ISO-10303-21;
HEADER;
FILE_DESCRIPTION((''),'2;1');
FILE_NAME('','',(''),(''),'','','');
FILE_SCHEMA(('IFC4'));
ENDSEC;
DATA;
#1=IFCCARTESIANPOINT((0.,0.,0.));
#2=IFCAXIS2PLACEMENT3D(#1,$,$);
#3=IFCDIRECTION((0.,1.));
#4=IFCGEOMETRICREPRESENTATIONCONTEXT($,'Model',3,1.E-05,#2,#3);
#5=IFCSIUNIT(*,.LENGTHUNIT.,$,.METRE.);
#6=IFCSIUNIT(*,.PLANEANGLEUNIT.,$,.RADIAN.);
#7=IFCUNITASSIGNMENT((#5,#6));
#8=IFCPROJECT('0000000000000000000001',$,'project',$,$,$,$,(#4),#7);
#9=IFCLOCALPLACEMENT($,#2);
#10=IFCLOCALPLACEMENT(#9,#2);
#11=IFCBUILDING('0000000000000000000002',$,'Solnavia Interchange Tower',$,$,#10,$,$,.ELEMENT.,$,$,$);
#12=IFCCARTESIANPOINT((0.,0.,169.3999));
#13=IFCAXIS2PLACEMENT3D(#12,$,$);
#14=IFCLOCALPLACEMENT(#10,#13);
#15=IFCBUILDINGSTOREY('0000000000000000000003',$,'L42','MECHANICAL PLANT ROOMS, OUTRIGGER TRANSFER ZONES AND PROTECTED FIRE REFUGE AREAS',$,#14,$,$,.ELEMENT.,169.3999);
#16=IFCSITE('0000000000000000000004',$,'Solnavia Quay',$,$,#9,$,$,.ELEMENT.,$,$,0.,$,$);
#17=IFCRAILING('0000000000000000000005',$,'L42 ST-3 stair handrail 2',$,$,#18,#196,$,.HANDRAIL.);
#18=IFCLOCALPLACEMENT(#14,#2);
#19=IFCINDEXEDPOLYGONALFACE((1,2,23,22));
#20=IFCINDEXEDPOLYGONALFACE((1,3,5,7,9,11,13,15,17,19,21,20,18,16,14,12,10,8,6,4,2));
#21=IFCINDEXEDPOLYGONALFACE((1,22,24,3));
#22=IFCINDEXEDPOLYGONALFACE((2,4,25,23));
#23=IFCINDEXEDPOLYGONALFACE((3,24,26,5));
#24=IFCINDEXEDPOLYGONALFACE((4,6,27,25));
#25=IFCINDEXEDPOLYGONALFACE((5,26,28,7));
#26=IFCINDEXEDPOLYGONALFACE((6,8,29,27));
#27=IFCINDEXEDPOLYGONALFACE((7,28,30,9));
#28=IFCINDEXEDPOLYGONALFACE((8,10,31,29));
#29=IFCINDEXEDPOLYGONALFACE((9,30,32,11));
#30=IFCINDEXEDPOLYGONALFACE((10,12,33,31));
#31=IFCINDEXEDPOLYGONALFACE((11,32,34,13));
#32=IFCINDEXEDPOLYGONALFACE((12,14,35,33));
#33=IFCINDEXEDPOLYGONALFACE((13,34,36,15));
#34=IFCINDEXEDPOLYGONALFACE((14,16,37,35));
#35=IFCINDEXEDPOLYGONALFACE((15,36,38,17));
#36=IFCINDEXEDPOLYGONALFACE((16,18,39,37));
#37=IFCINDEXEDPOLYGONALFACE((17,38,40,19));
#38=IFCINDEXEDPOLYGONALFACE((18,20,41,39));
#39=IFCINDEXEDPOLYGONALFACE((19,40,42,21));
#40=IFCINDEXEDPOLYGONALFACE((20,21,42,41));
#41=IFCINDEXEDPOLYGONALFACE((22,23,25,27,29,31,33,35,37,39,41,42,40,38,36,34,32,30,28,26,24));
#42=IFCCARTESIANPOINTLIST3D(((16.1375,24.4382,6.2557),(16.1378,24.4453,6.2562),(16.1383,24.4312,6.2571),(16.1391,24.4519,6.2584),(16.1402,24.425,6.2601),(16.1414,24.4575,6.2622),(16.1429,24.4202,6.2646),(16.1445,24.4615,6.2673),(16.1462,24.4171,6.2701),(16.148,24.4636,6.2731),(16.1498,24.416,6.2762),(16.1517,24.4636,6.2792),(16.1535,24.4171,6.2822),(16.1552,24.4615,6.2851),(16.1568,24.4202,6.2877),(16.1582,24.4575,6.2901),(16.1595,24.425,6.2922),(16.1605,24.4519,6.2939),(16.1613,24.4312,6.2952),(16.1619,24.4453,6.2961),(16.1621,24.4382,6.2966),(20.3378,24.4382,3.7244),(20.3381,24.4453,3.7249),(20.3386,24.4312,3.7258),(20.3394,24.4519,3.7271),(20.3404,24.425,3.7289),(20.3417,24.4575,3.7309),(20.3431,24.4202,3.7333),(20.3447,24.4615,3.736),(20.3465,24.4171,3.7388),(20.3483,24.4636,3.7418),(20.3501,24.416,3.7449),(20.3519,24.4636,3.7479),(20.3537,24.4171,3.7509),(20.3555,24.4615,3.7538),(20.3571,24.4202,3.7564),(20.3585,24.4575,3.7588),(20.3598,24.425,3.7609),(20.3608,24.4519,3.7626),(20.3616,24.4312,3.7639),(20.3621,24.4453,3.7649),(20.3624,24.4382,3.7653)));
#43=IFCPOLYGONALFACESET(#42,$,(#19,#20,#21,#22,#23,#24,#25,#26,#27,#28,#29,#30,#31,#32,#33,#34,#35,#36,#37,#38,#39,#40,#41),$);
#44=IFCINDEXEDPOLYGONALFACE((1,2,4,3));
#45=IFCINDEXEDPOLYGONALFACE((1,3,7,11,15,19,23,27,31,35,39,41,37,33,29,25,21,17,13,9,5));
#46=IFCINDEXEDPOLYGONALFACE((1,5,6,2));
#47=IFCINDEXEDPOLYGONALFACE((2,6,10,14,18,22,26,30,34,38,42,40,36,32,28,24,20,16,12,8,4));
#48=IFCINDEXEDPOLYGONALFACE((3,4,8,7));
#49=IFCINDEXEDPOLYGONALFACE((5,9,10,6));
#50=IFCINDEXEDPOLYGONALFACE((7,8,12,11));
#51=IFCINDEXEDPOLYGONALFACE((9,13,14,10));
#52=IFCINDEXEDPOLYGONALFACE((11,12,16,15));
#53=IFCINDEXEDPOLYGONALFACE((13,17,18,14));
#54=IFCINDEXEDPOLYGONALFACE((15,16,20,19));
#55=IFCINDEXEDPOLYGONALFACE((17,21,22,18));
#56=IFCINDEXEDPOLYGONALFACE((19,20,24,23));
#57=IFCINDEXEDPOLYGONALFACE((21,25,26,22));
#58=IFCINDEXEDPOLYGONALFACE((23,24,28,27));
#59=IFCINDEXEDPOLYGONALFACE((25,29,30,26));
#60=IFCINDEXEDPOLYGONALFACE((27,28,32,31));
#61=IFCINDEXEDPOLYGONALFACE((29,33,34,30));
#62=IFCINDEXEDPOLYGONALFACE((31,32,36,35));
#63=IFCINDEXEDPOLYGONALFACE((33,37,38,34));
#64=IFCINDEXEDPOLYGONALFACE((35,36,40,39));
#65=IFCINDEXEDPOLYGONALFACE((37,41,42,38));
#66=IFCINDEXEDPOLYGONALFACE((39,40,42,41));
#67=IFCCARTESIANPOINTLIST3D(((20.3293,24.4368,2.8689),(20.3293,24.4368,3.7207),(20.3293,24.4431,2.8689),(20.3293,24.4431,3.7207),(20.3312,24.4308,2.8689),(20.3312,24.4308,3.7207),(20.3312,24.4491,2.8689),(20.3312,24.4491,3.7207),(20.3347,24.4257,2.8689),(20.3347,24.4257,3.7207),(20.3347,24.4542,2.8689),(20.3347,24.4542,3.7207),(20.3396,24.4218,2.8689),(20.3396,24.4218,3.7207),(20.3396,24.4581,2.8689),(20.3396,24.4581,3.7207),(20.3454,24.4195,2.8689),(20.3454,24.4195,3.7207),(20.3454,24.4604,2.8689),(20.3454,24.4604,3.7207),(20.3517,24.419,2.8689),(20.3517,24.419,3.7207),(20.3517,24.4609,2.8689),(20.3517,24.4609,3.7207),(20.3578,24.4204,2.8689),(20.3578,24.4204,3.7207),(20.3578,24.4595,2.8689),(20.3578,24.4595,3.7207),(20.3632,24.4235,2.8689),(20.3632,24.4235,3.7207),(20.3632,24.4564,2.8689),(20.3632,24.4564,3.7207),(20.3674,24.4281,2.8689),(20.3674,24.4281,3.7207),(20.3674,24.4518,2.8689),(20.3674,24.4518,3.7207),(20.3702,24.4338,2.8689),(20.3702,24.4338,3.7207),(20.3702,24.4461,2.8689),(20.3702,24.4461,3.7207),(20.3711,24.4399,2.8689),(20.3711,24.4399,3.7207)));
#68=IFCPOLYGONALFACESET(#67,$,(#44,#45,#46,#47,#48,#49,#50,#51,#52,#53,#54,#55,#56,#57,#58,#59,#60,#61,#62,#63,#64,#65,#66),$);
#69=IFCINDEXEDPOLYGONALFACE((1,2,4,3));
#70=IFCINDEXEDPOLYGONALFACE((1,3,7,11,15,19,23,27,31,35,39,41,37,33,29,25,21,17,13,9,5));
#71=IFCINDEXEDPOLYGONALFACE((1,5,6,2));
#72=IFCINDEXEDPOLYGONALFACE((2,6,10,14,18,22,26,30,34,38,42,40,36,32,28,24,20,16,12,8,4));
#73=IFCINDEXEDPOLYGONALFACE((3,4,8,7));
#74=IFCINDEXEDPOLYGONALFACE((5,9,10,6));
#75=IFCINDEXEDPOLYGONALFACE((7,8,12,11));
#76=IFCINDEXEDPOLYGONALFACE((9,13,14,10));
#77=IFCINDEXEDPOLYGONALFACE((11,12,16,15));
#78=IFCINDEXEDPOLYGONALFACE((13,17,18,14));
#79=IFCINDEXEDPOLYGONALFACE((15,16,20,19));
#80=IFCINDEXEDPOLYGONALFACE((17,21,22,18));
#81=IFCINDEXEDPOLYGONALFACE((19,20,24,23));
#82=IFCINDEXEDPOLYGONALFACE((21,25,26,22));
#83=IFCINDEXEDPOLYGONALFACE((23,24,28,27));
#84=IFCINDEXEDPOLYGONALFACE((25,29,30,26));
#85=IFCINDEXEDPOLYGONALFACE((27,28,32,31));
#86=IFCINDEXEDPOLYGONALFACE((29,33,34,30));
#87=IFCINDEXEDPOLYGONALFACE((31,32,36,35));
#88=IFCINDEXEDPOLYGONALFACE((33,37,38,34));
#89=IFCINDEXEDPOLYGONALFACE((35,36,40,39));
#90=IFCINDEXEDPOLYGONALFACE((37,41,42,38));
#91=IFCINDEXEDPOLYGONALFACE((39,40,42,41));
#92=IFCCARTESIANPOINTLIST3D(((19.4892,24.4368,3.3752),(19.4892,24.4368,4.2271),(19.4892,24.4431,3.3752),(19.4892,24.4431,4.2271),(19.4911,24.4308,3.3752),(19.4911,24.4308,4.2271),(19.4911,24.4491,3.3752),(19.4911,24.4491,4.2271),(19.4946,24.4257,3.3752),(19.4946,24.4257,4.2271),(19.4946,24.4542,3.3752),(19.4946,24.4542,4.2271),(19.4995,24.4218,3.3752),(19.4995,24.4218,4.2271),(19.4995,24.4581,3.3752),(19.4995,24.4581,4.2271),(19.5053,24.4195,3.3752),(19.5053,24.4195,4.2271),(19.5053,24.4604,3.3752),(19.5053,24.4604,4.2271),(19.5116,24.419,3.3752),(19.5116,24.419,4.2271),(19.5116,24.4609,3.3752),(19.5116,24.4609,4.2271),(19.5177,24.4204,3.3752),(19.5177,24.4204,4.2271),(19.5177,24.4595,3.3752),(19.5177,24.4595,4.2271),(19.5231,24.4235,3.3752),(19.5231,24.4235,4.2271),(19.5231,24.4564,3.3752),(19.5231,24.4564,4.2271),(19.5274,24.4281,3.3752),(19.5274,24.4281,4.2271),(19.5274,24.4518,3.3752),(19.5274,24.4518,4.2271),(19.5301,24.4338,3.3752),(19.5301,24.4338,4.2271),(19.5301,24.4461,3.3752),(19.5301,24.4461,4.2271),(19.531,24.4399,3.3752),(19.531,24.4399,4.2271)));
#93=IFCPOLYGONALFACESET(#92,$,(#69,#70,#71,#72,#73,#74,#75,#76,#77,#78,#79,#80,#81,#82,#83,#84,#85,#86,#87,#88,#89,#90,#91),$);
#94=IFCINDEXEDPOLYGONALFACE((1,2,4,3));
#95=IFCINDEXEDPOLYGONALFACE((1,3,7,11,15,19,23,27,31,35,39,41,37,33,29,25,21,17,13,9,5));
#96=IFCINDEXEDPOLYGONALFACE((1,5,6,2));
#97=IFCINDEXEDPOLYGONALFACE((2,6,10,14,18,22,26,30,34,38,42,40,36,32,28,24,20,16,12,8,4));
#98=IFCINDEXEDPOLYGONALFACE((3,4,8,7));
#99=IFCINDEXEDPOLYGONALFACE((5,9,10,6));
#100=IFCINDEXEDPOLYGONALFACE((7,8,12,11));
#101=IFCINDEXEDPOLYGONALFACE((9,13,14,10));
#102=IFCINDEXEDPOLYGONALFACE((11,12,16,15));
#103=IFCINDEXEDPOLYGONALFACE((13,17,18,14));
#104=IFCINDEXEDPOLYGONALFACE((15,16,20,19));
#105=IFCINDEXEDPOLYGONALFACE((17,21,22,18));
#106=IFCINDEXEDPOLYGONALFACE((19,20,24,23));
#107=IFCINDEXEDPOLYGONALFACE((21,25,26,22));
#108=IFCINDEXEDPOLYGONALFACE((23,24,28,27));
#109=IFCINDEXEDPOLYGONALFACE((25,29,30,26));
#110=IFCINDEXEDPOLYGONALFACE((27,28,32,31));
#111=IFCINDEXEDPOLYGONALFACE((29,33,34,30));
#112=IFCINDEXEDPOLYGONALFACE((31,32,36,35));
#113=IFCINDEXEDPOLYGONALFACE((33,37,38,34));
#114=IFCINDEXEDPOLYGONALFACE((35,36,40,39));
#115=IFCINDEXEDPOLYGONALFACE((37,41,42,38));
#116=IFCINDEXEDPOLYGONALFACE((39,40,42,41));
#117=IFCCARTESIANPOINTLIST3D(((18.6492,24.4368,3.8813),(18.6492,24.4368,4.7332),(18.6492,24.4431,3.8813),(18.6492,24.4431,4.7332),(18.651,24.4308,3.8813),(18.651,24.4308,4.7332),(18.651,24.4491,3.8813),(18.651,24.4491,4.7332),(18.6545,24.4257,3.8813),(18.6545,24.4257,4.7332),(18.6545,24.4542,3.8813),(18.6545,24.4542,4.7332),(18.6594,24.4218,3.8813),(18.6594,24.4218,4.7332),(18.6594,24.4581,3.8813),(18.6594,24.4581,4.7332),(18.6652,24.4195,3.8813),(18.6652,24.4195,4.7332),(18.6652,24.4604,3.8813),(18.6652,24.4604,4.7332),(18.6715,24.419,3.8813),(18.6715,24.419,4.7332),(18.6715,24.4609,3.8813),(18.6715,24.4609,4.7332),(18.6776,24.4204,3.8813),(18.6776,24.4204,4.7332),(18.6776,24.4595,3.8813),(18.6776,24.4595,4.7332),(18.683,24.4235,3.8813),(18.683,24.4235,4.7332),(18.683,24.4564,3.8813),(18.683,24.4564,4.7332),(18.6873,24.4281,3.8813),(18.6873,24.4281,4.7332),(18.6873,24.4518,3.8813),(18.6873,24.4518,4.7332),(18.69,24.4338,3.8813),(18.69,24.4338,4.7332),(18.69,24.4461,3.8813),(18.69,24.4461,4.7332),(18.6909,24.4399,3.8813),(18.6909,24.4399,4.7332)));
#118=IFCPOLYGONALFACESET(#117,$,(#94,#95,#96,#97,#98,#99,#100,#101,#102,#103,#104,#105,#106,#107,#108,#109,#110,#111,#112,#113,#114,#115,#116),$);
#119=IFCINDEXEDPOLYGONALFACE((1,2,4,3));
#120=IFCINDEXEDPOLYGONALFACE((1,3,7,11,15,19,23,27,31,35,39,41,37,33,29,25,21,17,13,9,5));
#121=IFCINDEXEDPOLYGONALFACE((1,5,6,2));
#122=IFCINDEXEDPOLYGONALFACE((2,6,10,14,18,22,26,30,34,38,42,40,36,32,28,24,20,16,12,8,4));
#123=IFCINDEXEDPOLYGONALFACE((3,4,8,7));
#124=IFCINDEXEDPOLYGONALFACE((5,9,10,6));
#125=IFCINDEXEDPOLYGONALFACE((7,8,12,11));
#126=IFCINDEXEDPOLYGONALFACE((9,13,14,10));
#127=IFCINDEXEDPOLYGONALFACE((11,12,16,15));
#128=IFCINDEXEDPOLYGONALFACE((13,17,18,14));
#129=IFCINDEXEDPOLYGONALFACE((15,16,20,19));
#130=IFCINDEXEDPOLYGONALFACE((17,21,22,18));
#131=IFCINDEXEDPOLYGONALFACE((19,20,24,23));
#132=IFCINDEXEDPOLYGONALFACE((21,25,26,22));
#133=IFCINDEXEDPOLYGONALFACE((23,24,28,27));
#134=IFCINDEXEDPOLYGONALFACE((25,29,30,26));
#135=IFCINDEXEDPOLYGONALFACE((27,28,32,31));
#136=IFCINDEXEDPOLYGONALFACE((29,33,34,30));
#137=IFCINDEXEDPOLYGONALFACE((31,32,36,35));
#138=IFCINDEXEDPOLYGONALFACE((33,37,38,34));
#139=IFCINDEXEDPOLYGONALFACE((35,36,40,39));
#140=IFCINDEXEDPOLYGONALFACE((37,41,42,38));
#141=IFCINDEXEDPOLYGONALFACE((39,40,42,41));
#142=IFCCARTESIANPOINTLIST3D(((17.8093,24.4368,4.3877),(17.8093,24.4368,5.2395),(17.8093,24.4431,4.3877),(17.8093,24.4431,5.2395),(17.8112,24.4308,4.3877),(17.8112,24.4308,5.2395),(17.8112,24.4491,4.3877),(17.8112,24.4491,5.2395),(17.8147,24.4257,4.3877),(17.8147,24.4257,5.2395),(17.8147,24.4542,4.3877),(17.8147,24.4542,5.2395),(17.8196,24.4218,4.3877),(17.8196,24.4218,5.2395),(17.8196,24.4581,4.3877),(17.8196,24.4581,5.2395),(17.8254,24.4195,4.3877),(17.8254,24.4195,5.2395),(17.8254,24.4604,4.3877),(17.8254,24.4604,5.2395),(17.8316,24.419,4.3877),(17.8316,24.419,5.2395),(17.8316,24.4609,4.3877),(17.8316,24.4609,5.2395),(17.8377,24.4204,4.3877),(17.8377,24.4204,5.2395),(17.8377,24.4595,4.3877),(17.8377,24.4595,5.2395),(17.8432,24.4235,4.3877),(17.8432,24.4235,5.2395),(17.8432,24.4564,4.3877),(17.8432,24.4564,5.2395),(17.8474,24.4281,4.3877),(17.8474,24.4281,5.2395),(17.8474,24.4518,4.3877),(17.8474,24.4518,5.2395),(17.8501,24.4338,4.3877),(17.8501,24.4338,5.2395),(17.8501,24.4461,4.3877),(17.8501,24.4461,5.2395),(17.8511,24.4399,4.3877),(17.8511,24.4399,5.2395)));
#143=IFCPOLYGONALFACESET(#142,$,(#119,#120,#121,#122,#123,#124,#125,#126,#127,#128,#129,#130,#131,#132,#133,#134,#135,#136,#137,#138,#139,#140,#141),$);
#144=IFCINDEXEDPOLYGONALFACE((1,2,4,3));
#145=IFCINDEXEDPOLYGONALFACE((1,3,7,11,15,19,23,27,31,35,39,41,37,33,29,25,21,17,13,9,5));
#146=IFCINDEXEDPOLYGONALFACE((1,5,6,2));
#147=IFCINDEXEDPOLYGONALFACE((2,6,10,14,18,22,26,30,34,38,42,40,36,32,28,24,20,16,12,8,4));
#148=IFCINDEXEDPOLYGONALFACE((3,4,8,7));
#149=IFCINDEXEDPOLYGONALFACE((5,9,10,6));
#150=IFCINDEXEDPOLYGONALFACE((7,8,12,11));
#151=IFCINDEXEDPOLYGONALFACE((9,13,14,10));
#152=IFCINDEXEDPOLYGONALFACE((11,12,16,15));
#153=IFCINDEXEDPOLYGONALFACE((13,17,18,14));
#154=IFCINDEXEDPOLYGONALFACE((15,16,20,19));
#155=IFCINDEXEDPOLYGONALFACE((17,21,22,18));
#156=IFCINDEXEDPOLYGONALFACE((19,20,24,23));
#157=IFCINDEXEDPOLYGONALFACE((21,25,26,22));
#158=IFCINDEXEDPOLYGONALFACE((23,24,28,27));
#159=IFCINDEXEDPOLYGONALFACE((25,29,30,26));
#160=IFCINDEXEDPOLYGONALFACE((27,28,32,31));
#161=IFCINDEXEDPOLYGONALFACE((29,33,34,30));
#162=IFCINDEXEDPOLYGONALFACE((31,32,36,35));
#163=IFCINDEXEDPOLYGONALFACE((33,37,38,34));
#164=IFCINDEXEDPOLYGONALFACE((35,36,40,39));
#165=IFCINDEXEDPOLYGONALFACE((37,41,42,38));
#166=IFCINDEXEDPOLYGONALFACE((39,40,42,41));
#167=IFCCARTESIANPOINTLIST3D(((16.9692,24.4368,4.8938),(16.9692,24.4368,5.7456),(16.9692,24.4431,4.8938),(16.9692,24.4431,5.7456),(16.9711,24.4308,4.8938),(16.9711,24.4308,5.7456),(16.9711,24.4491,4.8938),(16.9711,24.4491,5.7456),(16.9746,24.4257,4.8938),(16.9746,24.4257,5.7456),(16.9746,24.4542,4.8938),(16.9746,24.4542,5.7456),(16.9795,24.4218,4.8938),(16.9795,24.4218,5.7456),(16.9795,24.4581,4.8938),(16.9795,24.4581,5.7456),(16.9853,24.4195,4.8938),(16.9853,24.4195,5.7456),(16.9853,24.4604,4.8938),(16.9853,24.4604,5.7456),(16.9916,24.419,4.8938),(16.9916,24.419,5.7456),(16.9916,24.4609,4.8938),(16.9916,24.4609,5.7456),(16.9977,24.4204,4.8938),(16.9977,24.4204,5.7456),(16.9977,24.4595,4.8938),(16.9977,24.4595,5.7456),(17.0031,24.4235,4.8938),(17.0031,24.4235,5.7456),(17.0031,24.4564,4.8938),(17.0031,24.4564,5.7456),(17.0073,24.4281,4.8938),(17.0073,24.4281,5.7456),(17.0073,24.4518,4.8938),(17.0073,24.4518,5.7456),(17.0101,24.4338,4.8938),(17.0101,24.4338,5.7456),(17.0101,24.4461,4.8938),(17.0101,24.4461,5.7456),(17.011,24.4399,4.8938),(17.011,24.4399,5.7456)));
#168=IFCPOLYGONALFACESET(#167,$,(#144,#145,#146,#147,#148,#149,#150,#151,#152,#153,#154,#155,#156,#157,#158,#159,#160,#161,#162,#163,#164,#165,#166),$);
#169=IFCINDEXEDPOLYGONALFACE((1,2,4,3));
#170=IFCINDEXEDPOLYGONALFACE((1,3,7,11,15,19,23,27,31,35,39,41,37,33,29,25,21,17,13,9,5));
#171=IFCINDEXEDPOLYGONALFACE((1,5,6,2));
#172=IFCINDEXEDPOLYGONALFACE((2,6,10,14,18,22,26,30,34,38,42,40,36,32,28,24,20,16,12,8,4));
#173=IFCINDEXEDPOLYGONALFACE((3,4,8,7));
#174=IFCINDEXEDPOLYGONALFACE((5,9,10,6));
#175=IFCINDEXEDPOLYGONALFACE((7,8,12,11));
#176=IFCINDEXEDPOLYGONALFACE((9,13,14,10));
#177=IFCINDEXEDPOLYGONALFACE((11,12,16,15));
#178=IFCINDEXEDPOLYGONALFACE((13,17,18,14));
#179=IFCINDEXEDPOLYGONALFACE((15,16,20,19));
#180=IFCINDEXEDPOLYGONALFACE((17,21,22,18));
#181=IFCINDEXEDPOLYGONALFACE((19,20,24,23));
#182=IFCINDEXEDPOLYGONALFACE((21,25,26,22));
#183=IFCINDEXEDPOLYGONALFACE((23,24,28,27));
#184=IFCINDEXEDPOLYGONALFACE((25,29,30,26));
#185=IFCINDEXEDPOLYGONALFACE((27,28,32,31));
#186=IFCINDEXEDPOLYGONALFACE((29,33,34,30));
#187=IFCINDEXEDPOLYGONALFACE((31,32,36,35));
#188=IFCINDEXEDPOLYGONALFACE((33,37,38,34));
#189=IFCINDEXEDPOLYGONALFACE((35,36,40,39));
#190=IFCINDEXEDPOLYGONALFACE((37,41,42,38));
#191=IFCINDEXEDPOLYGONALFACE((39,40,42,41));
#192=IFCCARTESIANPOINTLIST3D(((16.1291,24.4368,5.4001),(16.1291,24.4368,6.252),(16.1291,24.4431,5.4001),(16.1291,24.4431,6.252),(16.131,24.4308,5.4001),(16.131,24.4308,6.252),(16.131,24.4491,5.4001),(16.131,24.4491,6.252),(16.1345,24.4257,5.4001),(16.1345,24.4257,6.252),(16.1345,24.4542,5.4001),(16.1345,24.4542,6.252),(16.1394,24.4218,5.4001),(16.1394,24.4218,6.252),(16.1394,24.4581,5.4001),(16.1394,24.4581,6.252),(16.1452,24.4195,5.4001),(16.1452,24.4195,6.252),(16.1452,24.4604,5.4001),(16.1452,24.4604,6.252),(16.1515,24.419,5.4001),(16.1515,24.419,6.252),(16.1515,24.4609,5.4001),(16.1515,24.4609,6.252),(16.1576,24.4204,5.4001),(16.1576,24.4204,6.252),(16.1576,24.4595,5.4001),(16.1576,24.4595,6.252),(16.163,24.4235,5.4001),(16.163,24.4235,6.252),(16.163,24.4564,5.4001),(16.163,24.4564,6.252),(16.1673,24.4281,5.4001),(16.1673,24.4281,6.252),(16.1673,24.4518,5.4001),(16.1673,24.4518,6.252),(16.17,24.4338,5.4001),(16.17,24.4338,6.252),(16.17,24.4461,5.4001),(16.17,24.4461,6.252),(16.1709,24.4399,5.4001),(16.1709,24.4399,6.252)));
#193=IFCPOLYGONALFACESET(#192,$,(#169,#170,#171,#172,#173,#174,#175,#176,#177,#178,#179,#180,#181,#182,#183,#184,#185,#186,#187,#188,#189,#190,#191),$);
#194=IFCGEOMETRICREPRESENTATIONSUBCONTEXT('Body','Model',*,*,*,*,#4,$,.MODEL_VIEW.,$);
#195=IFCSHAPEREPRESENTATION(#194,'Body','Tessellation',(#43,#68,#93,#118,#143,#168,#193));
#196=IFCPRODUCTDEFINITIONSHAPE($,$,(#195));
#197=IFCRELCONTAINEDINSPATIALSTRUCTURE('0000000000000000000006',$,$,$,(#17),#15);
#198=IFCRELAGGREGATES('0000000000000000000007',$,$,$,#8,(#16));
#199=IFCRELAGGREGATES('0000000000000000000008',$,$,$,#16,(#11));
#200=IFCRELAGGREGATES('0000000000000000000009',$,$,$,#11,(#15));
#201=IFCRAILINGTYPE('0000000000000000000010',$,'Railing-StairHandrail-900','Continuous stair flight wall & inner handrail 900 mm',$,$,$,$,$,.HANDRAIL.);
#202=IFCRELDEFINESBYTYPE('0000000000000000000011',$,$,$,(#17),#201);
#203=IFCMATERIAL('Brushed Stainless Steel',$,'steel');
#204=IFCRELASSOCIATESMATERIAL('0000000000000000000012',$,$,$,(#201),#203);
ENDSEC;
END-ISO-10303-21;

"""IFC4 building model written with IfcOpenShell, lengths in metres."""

from ifc_helpers import new_model, si_unit, direction, frame, origin, origin_2d, place, context, subcontext, project, spatial, circle, extrude, material, type_object, element, save


model = new_model("IFC4")

# Units and contexts
model_context = context("Model", 3, precision=1e-05, world=origin(), true_north=direction((0.0, 1.0)))
body_context = subcontext(model_context, "Body", "Model", "MODEL_VIEW")
ifc_project = project(units=[si_unit("LENGTHUNIT", "METRE"), si_unit("PLANEANGLEUNIT", "RADIAN")], contexts=[model_context])

# Site, building, storey
site_placement = place(None, origin())
site = spatial("IfcSite", under=ifc_project, at=site_placement, Name="Solnavia Quay", CompositionType="ELEMENT", RefElevation=0.0)
building_placement = place(site_placement, origin())
building = spatial("IfcBuilding", under=site, at=building_placement, Name="Solnavia Interchange Tower", CompositionType="ELEMENT")
storey_placement = place(building_placement, frame((0.0, 0.0, 169.3999)))
storey = spatial("IfcBuildingStorey", under=building, at=storey_placement, Name="L42", Description="MECHANICAL PLANT ROOMS, OUTRIGGER TRANSFER ZONES AND PROTECTED FIRE REFUGE AREAS", CompositionType="ELEMENT", Elevation=169.3999)

# Railing
ifc_material_1 = material(Name="Brushed Stainless Steel", Category="steel")
railing_type_1 = type_object("IfcRailingType", Name="Railing-StairHandrail-900", Description="Continuous stair flight wall & inner handrail 900 mm", PredefinedType="HANDRAIL", material=ifc_material_1)
railing_1_placement = place(storey_placement, frame((20.3501, 24.4399, 2.8689)))
element("IfcRailing", 1, at=railing_1_placement, inside=storey, type_object=railing_type_1, Name="L42 ST-3 stair handrail 2", PredefinedType="HANDRAIL", context=body_context, shape_type="SweptSolid", body=[
    extrude(circle(Radius=0.0239, at=origin_2d()), frame((0.0, 0.0, 0.876), z_axis=(-0.85649, 0.0, 0.516164), x_axis=(0.0, -1.0, 0.0)), (0.0, 0.0, 1.0), 4.9041),
    extrude(circle(Radius=0.021, at=origin_2d()), origin(), (0.0, 0.0, 1.0), 0.8518),
    extrude(circle(Radius=0.021, at=origin_2d()), frame((-0.8401, 0.0, 0.5063)), (0.0, 0.0, 1.0), 0.8518),
    extrude(circle(Radius=0.021, at=origin_2d()), frame((-1.6802, 0.0, 1.0125)), (0.0, 0.0, 1.0), 0.8518),
    extrude(circle(Radius=0.021, at=origin_2d()), frame((-2.52, 0.0, 1.5188)), (0.0, 0.0, 1.0), 0.8518),
    extrude(circle(Radius=0.021, at=origin_2d()), frame((-3.3601, 0.0, 2.0249)), (0.0, 0.0, 1.0), 0.8518),
    extrude(circle(Radius=0.021, at=origin_2d()), frame((-4.2002, 0.0, 2.5312)), (0.0, 0.0, 1.0), 0.8518),
])

save(model, "model.ifc")
